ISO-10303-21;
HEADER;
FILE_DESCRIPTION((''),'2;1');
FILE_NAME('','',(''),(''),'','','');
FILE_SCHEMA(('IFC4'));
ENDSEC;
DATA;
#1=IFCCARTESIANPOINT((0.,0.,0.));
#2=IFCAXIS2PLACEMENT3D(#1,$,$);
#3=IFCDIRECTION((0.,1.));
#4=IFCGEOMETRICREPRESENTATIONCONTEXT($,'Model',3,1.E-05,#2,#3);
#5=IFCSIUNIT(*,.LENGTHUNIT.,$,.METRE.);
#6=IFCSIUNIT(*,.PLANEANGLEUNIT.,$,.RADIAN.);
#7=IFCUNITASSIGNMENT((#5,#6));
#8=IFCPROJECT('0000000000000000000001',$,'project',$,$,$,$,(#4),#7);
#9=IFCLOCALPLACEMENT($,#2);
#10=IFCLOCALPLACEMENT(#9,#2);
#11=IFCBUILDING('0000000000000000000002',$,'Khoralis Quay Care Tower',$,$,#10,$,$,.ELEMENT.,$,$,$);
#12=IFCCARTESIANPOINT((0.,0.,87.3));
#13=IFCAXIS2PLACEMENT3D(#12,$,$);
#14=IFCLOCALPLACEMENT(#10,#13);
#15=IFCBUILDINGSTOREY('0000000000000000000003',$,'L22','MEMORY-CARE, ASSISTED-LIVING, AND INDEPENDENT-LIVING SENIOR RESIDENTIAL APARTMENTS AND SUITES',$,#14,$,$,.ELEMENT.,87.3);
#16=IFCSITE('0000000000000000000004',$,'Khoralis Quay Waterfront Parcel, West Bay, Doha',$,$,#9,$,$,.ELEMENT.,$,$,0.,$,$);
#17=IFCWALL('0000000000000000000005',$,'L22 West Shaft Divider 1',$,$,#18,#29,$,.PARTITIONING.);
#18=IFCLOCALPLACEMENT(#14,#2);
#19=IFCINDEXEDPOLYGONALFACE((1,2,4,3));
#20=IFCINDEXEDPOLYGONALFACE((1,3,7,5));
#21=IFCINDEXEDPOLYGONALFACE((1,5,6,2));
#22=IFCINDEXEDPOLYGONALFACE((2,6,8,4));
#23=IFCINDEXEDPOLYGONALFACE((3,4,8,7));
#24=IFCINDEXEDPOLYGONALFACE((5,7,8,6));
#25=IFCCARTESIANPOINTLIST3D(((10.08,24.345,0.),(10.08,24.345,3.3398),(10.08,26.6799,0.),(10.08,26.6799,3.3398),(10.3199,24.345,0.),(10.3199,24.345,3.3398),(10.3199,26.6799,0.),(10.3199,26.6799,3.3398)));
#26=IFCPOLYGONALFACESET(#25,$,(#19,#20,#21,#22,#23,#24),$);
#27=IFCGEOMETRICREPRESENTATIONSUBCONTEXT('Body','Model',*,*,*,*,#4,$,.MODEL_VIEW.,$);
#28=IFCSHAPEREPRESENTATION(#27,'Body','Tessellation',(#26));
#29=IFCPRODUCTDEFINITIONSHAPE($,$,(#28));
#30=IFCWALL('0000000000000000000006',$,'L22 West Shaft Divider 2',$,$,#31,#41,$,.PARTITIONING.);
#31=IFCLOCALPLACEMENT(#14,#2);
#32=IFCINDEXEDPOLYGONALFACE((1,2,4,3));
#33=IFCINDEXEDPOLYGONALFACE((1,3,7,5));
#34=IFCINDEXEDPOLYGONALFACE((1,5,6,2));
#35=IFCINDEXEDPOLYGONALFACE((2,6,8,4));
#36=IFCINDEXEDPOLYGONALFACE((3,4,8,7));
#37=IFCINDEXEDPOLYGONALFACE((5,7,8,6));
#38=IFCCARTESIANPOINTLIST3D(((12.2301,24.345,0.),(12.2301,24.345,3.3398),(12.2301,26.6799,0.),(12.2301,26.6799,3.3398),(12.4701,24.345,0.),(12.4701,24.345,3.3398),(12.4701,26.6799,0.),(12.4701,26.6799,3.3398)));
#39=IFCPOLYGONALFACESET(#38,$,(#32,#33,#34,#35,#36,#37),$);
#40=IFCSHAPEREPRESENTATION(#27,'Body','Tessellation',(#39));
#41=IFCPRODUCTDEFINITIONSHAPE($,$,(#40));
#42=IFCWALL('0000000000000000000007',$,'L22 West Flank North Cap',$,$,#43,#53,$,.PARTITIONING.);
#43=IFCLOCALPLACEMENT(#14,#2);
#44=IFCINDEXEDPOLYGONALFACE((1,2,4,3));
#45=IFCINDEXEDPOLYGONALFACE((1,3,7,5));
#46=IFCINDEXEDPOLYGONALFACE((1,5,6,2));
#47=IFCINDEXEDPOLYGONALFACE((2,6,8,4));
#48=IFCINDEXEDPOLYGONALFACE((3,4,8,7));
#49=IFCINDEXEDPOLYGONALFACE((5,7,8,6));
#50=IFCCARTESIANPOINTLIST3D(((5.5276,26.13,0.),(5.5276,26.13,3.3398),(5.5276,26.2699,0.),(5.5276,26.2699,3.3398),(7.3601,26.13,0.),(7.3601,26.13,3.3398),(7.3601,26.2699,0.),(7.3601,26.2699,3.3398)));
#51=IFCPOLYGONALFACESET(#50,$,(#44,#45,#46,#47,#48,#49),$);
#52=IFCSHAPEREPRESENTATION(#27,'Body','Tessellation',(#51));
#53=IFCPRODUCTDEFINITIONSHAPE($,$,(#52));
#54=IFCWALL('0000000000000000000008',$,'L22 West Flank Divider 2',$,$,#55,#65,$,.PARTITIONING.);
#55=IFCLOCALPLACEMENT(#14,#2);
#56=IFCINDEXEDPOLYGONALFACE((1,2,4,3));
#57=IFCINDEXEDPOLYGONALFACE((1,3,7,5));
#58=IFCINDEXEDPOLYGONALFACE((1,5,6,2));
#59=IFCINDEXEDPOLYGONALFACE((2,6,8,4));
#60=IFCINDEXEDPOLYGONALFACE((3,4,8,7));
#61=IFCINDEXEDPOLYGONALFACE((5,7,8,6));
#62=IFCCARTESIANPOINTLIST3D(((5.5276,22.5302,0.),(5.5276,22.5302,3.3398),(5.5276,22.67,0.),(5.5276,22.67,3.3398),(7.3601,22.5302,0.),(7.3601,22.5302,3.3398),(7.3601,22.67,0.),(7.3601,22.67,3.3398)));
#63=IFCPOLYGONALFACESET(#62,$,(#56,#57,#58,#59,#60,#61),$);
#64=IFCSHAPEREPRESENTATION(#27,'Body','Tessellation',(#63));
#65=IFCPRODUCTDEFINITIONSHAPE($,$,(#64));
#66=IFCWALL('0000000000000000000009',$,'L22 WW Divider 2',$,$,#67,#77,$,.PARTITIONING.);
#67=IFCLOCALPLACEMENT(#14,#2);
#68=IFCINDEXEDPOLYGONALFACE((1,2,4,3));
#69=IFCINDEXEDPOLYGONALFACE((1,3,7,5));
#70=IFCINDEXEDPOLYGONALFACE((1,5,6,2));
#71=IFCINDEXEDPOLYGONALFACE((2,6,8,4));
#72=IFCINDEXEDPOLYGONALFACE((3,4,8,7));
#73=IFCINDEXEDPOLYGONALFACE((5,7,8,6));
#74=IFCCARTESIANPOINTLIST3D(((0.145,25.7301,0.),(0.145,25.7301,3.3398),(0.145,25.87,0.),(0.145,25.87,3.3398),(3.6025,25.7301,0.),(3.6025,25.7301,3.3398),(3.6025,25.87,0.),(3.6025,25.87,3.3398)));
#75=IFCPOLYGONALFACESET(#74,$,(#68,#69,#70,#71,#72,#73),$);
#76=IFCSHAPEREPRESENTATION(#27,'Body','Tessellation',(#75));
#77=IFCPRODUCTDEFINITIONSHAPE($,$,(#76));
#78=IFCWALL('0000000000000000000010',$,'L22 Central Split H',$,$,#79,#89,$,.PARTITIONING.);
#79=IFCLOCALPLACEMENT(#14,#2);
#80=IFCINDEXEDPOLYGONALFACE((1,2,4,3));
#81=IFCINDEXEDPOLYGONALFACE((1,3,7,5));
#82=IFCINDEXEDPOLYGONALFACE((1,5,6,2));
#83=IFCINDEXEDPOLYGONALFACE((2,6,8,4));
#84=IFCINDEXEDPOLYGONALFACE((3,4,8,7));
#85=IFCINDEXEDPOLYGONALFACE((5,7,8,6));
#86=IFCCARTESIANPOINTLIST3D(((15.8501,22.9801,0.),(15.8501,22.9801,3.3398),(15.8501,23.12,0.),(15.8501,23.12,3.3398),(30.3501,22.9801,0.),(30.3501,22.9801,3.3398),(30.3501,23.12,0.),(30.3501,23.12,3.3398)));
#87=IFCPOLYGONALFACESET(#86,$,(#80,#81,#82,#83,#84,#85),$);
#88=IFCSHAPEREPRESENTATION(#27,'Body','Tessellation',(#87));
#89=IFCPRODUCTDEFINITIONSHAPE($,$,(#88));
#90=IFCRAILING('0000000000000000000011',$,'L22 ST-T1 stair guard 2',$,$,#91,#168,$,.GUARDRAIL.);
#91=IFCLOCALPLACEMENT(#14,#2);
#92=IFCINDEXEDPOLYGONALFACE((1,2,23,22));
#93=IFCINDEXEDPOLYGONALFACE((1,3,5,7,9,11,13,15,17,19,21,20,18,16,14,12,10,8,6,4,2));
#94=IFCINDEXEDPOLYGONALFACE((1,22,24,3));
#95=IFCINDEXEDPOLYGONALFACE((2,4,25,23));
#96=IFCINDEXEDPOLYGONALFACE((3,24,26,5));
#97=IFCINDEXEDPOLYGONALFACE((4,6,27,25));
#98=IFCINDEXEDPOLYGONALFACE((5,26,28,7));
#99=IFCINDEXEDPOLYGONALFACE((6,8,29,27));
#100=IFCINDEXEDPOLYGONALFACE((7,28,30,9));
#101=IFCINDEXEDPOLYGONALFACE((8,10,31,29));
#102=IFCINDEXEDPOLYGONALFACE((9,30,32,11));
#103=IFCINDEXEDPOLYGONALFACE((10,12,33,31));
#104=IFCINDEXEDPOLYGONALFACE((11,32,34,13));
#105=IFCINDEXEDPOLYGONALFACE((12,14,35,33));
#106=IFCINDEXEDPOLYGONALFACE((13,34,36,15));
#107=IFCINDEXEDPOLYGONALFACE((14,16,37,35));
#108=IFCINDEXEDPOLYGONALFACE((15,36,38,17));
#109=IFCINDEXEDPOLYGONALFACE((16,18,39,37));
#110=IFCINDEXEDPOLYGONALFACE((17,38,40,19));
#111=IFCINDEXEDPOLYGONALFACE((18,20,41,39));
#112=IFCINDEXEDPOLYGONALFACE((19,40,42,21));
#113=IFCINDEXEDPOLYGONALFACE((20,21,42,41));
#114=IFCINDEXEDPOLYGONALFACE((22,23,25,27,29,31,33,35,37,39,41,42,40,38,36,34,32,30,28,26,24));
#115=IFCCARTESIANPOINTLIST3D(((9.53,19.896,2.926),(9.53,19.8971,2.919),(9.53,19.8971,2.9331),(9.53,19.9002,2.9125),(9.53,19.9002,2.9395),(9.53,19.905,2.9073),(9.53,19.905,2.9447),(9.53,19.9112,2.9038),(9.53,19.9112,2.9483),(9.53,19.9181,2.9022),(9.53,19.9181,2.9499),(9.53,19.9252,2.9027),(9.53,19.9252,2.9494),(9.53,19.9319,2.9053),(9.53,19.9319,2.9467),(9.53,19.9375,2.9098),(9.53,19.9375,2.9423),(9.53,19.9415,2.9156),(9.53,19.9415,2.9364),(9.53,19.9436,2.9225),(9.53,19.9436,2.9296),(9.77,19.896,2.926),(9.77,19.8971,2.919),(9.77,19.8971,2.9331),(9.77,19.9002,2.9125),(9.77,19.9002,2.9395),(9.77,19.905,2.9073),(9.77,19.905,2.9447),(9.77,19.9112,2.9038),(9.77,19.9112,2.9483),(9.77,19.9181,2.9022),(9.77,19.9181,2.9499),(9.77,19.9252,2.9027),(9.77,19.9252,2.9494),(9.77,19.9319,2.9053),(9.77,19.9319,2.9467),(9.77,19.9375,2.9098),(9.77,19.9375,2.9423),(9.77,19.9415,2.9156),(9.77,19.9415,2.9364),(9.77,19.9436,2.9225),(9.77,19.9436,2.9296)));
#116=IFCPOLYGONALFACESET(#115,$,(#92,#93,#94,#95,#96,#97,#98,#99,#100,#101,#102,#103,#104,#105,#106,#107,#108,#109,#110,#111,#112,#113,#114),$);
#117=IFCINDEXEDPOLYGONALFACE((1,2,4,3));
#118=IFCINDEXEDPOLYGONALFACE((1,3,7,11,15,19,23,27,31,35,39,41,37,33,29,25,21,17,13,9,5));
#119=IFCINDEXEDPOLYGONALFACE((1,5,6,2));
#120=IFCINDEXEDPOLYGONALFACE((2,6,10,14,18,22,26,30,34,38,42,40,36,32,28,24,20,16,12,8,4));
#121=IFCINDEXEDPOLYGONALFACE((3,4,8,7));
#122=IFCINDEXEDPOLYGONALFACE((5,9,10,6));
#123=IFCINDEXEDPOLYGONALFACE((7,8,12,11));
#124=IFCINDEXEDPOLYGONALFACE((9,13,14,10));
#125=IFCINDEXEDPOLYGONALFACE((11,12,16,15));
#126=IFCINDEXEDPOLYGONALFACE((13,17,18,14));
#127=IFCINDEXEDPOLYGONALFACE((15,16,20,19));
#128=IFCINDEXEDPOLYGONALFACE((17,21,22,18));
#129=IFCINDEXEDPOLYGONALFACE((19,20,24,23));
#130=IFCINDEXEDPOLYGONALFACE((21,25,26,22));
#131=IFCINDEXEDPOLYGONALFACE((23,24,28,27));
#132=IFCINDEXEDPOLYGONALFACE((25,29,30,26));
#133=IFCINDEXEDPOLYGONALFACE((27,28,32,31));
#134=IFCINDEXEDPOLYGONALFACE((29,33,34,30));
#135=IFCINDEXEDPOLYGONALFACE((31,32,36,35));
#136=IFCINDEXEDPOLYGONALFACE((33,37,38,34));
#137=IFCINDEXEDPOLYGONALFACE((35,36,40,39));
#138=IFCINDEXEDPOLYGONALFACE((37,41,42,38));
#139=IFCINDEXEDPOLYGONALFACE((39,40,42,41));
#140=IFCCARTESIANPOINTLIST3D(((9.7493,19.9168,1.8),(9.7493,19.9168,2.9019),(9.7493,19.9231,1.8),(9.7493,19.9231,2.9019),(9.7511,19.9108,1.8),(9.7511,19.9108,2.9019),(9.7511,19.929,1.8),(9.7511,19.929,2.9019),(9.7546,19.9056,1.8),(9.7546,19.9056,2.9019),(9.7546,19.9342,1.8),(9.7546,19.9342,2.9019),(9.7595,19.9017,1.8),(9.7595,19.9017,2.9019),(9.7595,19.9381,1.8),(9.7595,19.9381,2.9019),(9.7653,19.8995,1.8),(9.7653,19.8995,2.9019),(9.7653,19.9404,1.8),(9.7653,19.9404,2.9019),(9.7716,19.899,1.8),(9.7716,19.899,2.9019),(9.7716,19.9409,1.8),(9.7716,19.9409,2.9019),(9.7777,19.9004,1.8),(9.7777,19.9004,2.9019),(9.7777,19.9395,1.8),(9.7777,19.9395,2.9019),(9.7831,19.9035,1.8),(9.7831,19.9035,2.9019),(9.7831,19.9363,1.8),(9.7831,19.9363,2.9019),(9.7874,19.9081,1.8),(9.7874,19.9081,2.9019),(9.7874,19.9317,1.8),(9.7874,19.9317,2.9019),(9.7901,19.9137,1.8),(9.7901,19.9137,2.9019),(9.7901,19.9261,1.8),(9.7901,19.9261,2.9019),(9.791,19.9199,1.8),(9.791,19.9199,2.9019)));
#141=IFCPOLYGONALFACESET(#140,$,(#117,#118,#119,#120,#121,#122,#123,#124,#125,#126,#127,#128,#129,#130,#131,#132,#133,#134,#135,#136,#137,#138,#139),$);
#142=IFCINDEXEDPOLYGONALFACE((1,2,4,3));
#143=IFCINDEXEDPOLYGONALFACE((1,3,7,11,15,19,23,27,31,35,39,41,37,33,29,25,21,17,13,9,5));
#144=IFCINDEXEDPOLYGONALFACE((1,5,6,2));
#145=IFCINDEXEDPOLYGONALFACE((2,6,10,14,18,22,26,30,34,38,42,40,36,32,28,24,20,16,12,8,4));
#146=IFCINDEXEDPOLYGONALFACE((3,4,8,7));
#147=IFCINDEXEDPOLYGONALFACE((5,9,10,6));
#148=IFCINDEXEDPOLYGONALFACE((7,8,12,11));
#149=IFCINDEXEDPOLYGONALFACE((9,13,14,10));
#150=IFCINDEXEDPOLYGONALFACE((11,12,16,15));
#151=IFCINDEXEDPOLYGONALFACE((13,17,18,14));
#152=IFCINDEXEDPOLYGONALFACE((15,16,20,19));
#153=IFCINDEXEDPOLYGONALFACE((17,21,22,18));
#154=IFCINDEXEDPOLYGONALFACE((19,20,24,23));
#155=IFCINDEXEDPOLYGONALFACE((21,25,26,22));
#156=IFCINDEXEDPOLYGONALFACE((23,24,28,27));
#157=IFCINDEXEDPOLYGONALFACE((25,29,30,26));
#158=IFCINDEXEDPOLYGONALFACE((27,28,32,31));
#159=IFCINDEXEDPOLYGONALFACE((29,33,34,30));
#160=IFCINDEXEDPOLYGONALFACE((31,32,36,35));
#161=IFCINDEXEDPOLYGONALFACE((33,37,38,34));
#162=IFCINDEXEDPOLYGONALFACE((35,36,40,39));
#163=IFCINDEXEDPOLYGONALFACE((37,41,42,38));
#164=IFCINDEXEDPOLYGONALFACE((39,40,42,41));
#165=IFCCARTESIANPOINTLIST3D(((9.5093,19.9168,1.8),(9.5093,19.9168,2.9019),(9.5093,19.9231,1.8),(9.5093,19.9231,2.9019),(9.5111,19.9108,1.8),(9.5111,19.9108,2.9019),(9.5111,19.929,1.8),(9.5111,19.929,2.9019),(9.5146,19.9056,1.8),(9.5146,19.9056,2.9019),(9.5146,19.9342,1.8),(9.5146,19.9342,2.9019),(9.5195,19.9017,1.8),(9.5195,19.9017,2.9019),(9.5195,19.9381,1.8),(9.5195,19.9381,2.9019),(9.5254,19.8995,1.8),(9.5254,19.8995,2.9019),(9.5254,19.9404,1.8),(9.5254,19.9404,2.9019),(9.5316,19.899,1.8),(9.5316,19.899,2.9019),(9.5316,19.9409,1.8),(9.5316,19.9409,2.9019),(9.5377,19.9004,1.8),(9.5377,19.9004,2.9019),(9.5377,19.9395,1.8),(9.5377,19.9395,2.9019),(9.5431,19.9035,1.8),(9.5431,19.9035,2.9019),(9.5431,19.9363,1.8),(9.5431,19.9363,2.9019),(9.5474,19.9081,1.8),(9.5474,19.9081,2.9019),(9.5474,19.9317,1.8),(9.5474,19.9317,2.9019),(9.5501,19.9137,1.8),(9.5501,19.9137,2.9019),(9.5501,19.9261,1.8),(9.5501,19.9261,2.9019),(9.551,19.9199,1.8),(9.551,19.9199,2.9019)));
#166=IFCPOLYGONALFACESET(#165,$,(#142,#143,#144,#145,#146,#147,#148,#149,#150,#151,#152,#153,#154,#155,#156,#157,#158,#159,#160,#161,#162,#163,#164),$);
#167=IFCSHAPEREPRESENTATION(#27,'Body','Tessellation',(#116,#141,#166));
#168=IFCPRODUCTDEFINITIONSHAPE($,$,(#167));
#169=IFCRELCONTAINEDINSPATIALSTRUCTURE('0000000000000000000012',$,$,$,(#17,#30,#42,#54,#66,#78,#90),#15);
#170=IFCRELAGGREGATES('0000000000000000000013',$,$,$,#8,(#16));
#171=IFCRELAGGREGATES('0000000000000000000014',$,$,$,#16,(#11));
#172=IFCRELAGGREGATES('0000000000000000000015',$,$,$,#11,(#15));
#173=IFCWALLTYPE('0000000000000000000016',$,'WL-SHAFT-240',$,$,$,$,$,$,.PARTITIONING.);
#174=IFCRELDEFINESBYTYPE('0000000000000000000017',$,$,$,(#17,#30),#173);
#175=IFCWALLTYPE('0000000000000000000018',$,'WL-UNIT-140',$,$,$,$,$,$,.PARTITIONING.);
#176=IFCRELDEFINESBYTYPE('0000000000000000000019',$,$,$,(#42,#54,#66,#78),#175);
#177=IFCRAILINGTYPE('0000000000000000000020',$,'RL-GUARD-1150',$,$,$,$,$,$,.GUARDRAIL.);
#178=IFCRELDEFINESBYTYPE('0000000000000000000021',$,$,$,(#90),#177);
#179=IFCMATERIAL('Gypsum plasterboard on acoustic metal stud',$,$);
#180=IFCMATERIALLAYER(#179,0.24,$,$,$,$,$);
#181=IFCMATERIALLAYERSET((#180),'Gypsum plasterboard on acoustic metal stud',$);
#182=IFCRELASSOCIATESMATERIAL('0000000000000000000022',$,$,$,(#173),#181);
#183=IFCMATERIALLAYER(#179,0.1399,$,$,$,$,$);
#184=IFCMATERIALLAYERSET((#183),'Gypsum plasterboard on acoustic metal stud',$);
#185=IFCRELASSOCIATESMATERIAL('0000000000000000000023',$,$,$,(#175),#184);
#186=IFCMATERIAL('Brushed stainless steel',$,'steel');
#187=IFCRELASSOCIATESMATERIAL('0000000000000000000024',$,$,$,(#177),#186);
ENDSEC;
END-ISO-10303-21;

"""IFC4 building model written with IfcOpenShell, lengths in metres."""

from ifc_helpers import new_model, si_unit, direction, frame, frame_2d, origin, origin_2d, place, context, subcontext, project, spatial, rectangle, circle, extrude, material, layer, layer_set, type_object, element, save


model = new_model("IFC4")

# Units and contexts
model_context = context("Model", 3, precision=1e-05, world=origin(), true_north=direction((0.0, 1.0)))
body_context = subcontext(model_context, "Body", "Model", "MODEL_VIEW")
ifc_project = project(units=[si_unit("LENGTHUNIT", "METRE"), si_unit("PLANEANGLEUNIT", "RADIAN")], contexts=[model_context])

# Site, building, storey
site_placement = place(None, origin())
site = spatial("IfcSite", under=ifc_project, at=site_placement, Name="Khoralis Quay Waterfront Parcel, West Bay, Doha", CompositionType="ELEMENT", RefElevation=0.0)
building_placement = place(site_placement, origin())
building = spatial("IfcBuilding", under=site, at=building_placement, Name="Khoralis Quay Care Tower", CompositionType="ELEMENT")
storey_placement = place(building_placement, frame((0.0, 0.0, 87.3)))
storey = spatial("IfcBuildingStorey", under=building, at=storey_placement, Name="L22", Description="MEMORY-CARE, ASSISTED-LIVING, AND INDEPENDENT-LIVING SENIOR RESIDENTIAL APARTMENTS AND SUITES", CompositionType="ELEMENT", Elevation=87.3)

# Shared definitions
ifc_material_1 = material(Name="Brushed stainless steel", Category="steel")

# Walls
ifc_material_2 = material(Name="Gypsum plasterboard on acoustic metal stud")
ifc_layer_1 = layer(ifc_material_2, 0.24)
ifc_layer_set_1 = layer_set([ifc_layer_1], Name="Gypsum plasterboard on acoustic metal stud")
wall_type_1 = type_object("IfcWallType", Name="WL-SHAFT-240", PredefinedType="PARTITIONING", material=ifc_layer_set_1)
for number, where, z_axis, x_axis, name in (
    (1, (10.2, 24.345, 0.0), (0.0, 0.0, 1.0), (0.0, 1.0, 0.0), "L22 West Shaft Divider 1"),
    (2, (12.3501, 24.345, 0.0), (0.0, 0.0, 1.0), (0.0, 1.0, 0.0), "L22 West Shaft Divider 2"),
):
    element("IfcWall", number, at=place(storey_placement, frame(where, z_axis=z_axis, x_axis=x_axis)), inside=storey, type_object=wall_type_1, Name=name, PredefinedType="PARTITIONING", context=body_context, shape_type="SweptSolid", body=[
        extrude(rectangle(XDim=2.335, YDim=0.24, at=frame_2d((1.1675, 0.0))), origin(), (0.0, 0.0, 1.0), 3.3398),
    ])
ifc_layer_2 = layer(ifc_material_2, 0.1399)
ifc_layer_set_2 = layer_set([ifc_layer_2], Name="Gypsum plasterboard on acoustic metal stud")
wall_type_2 = type_object("IfcWallType", Name="WL-UNIT-140", PredefinedType="PARTITIONING", material=ifc_layer_set_2)
for number, where, z_axis, x_axis, name in (
    (3, (5.5276, 26.2, 0.0), (0.0, 0.0, 1.0), (1.0, 0.0, 0.0), "L22 West Flank North Cap"),
    (4, (5.5276, 22.6001, 0.0), (0.0, 0.0, 1.0), (1.0, 0.0, 0.0), "L22 West Flank Divider 2"),
):
    element("IfcWall", number, at=place(storey_placement, frame(where, z_axis=z_axis, x_axis=x_axis)), inside=storey, type_object=wall_type_2, Name=name, PredefinedType="PARTITIONING", context=body_context, shape_type="SweptSolid", body=[
        extrude(rectangle(XDim=1.8325, YDim=0.1399, at=frame_2d((0.9163, 0.0))), origin(), (0.0, 0.0, 1.0), 3.3398),
    ])
wall_1_placement = place(storey_placement, frame((0.145, 25.8, 0.0), z_axis=(0.0, 0.0, 1.0), x_axis=(1.0, 0.0, 0.0)))
element("IfcWall", 5, at=wall_1_placement, inside=storey, type_object=wall_type_2, Name="L22 WW Divider 2", PredefinedType="PARTITIONING", context=body_context, shape_type="SweptSolid", body=[
    extrude(rectangle(XDim=3.4575, YDim=0.1399, at=frame_2d((1.7288, 0.0))), origin(), (0.0, 0.0, 1.0), 3.3398),
])
wall_2_placement = place(storey_placement, frame((15.8501, 23.05, 0.0), z_axis=(0.0, 0.0, 1.0), x_axis=(1.0, 0.0, 0.0)))
element("IfcWall", 6, at=wall_2_placement, inside=storey, type_object=wall_type_2, Name="L22 Central Split H", PredefinedType="PARTITIONING", context=body_context, shape_type="SweptSolid", body=[
    extrude(rectangle(XDim=14.5, YDim=0.1399, at=frame_2d((7.25, 0.0))), origin(), (0.0, 0.0, 1.0), 3.3398),
])

# Railing
railing_type = type_object("IfcRailingType", Name="RL-GUARD-1150", PredefinedType="GUARDRAIL", material=ifc_material_1)
railing_placement = place(storey_placement, frame((9.77, 19.9199, 1.8)))
element("IfcRailing", 7, at=railing_placement, inside=storey, type_object=railing_type, Name="L22 ST-T1 stair guard 2", PredefinedType="GUARDRAIL", context=body_context, shape_type="SweptSolid", body=[
    extrude(circle(Radius=0.0239, at=origin_2d()), frame((0.0, 0.0, 1.126), z_axis=(-1.0, 0.0, 0.0), x_axis=(0.0, -1.0, 0.0)), (0.0, 0.0, 1.0), 0.24),
    extrude(circle(Radius=0.021, at=origin_2d()), origin(), (0.0, 0.0, 1.0), 1.1018),
    extrude(circle(Radius=0.021, at=origin_2d()), frame((-0.24, 0.0, 0.0)), (0.0, 0.0, 1.0), 1.1018),
])

save(model, "model.ifc")
